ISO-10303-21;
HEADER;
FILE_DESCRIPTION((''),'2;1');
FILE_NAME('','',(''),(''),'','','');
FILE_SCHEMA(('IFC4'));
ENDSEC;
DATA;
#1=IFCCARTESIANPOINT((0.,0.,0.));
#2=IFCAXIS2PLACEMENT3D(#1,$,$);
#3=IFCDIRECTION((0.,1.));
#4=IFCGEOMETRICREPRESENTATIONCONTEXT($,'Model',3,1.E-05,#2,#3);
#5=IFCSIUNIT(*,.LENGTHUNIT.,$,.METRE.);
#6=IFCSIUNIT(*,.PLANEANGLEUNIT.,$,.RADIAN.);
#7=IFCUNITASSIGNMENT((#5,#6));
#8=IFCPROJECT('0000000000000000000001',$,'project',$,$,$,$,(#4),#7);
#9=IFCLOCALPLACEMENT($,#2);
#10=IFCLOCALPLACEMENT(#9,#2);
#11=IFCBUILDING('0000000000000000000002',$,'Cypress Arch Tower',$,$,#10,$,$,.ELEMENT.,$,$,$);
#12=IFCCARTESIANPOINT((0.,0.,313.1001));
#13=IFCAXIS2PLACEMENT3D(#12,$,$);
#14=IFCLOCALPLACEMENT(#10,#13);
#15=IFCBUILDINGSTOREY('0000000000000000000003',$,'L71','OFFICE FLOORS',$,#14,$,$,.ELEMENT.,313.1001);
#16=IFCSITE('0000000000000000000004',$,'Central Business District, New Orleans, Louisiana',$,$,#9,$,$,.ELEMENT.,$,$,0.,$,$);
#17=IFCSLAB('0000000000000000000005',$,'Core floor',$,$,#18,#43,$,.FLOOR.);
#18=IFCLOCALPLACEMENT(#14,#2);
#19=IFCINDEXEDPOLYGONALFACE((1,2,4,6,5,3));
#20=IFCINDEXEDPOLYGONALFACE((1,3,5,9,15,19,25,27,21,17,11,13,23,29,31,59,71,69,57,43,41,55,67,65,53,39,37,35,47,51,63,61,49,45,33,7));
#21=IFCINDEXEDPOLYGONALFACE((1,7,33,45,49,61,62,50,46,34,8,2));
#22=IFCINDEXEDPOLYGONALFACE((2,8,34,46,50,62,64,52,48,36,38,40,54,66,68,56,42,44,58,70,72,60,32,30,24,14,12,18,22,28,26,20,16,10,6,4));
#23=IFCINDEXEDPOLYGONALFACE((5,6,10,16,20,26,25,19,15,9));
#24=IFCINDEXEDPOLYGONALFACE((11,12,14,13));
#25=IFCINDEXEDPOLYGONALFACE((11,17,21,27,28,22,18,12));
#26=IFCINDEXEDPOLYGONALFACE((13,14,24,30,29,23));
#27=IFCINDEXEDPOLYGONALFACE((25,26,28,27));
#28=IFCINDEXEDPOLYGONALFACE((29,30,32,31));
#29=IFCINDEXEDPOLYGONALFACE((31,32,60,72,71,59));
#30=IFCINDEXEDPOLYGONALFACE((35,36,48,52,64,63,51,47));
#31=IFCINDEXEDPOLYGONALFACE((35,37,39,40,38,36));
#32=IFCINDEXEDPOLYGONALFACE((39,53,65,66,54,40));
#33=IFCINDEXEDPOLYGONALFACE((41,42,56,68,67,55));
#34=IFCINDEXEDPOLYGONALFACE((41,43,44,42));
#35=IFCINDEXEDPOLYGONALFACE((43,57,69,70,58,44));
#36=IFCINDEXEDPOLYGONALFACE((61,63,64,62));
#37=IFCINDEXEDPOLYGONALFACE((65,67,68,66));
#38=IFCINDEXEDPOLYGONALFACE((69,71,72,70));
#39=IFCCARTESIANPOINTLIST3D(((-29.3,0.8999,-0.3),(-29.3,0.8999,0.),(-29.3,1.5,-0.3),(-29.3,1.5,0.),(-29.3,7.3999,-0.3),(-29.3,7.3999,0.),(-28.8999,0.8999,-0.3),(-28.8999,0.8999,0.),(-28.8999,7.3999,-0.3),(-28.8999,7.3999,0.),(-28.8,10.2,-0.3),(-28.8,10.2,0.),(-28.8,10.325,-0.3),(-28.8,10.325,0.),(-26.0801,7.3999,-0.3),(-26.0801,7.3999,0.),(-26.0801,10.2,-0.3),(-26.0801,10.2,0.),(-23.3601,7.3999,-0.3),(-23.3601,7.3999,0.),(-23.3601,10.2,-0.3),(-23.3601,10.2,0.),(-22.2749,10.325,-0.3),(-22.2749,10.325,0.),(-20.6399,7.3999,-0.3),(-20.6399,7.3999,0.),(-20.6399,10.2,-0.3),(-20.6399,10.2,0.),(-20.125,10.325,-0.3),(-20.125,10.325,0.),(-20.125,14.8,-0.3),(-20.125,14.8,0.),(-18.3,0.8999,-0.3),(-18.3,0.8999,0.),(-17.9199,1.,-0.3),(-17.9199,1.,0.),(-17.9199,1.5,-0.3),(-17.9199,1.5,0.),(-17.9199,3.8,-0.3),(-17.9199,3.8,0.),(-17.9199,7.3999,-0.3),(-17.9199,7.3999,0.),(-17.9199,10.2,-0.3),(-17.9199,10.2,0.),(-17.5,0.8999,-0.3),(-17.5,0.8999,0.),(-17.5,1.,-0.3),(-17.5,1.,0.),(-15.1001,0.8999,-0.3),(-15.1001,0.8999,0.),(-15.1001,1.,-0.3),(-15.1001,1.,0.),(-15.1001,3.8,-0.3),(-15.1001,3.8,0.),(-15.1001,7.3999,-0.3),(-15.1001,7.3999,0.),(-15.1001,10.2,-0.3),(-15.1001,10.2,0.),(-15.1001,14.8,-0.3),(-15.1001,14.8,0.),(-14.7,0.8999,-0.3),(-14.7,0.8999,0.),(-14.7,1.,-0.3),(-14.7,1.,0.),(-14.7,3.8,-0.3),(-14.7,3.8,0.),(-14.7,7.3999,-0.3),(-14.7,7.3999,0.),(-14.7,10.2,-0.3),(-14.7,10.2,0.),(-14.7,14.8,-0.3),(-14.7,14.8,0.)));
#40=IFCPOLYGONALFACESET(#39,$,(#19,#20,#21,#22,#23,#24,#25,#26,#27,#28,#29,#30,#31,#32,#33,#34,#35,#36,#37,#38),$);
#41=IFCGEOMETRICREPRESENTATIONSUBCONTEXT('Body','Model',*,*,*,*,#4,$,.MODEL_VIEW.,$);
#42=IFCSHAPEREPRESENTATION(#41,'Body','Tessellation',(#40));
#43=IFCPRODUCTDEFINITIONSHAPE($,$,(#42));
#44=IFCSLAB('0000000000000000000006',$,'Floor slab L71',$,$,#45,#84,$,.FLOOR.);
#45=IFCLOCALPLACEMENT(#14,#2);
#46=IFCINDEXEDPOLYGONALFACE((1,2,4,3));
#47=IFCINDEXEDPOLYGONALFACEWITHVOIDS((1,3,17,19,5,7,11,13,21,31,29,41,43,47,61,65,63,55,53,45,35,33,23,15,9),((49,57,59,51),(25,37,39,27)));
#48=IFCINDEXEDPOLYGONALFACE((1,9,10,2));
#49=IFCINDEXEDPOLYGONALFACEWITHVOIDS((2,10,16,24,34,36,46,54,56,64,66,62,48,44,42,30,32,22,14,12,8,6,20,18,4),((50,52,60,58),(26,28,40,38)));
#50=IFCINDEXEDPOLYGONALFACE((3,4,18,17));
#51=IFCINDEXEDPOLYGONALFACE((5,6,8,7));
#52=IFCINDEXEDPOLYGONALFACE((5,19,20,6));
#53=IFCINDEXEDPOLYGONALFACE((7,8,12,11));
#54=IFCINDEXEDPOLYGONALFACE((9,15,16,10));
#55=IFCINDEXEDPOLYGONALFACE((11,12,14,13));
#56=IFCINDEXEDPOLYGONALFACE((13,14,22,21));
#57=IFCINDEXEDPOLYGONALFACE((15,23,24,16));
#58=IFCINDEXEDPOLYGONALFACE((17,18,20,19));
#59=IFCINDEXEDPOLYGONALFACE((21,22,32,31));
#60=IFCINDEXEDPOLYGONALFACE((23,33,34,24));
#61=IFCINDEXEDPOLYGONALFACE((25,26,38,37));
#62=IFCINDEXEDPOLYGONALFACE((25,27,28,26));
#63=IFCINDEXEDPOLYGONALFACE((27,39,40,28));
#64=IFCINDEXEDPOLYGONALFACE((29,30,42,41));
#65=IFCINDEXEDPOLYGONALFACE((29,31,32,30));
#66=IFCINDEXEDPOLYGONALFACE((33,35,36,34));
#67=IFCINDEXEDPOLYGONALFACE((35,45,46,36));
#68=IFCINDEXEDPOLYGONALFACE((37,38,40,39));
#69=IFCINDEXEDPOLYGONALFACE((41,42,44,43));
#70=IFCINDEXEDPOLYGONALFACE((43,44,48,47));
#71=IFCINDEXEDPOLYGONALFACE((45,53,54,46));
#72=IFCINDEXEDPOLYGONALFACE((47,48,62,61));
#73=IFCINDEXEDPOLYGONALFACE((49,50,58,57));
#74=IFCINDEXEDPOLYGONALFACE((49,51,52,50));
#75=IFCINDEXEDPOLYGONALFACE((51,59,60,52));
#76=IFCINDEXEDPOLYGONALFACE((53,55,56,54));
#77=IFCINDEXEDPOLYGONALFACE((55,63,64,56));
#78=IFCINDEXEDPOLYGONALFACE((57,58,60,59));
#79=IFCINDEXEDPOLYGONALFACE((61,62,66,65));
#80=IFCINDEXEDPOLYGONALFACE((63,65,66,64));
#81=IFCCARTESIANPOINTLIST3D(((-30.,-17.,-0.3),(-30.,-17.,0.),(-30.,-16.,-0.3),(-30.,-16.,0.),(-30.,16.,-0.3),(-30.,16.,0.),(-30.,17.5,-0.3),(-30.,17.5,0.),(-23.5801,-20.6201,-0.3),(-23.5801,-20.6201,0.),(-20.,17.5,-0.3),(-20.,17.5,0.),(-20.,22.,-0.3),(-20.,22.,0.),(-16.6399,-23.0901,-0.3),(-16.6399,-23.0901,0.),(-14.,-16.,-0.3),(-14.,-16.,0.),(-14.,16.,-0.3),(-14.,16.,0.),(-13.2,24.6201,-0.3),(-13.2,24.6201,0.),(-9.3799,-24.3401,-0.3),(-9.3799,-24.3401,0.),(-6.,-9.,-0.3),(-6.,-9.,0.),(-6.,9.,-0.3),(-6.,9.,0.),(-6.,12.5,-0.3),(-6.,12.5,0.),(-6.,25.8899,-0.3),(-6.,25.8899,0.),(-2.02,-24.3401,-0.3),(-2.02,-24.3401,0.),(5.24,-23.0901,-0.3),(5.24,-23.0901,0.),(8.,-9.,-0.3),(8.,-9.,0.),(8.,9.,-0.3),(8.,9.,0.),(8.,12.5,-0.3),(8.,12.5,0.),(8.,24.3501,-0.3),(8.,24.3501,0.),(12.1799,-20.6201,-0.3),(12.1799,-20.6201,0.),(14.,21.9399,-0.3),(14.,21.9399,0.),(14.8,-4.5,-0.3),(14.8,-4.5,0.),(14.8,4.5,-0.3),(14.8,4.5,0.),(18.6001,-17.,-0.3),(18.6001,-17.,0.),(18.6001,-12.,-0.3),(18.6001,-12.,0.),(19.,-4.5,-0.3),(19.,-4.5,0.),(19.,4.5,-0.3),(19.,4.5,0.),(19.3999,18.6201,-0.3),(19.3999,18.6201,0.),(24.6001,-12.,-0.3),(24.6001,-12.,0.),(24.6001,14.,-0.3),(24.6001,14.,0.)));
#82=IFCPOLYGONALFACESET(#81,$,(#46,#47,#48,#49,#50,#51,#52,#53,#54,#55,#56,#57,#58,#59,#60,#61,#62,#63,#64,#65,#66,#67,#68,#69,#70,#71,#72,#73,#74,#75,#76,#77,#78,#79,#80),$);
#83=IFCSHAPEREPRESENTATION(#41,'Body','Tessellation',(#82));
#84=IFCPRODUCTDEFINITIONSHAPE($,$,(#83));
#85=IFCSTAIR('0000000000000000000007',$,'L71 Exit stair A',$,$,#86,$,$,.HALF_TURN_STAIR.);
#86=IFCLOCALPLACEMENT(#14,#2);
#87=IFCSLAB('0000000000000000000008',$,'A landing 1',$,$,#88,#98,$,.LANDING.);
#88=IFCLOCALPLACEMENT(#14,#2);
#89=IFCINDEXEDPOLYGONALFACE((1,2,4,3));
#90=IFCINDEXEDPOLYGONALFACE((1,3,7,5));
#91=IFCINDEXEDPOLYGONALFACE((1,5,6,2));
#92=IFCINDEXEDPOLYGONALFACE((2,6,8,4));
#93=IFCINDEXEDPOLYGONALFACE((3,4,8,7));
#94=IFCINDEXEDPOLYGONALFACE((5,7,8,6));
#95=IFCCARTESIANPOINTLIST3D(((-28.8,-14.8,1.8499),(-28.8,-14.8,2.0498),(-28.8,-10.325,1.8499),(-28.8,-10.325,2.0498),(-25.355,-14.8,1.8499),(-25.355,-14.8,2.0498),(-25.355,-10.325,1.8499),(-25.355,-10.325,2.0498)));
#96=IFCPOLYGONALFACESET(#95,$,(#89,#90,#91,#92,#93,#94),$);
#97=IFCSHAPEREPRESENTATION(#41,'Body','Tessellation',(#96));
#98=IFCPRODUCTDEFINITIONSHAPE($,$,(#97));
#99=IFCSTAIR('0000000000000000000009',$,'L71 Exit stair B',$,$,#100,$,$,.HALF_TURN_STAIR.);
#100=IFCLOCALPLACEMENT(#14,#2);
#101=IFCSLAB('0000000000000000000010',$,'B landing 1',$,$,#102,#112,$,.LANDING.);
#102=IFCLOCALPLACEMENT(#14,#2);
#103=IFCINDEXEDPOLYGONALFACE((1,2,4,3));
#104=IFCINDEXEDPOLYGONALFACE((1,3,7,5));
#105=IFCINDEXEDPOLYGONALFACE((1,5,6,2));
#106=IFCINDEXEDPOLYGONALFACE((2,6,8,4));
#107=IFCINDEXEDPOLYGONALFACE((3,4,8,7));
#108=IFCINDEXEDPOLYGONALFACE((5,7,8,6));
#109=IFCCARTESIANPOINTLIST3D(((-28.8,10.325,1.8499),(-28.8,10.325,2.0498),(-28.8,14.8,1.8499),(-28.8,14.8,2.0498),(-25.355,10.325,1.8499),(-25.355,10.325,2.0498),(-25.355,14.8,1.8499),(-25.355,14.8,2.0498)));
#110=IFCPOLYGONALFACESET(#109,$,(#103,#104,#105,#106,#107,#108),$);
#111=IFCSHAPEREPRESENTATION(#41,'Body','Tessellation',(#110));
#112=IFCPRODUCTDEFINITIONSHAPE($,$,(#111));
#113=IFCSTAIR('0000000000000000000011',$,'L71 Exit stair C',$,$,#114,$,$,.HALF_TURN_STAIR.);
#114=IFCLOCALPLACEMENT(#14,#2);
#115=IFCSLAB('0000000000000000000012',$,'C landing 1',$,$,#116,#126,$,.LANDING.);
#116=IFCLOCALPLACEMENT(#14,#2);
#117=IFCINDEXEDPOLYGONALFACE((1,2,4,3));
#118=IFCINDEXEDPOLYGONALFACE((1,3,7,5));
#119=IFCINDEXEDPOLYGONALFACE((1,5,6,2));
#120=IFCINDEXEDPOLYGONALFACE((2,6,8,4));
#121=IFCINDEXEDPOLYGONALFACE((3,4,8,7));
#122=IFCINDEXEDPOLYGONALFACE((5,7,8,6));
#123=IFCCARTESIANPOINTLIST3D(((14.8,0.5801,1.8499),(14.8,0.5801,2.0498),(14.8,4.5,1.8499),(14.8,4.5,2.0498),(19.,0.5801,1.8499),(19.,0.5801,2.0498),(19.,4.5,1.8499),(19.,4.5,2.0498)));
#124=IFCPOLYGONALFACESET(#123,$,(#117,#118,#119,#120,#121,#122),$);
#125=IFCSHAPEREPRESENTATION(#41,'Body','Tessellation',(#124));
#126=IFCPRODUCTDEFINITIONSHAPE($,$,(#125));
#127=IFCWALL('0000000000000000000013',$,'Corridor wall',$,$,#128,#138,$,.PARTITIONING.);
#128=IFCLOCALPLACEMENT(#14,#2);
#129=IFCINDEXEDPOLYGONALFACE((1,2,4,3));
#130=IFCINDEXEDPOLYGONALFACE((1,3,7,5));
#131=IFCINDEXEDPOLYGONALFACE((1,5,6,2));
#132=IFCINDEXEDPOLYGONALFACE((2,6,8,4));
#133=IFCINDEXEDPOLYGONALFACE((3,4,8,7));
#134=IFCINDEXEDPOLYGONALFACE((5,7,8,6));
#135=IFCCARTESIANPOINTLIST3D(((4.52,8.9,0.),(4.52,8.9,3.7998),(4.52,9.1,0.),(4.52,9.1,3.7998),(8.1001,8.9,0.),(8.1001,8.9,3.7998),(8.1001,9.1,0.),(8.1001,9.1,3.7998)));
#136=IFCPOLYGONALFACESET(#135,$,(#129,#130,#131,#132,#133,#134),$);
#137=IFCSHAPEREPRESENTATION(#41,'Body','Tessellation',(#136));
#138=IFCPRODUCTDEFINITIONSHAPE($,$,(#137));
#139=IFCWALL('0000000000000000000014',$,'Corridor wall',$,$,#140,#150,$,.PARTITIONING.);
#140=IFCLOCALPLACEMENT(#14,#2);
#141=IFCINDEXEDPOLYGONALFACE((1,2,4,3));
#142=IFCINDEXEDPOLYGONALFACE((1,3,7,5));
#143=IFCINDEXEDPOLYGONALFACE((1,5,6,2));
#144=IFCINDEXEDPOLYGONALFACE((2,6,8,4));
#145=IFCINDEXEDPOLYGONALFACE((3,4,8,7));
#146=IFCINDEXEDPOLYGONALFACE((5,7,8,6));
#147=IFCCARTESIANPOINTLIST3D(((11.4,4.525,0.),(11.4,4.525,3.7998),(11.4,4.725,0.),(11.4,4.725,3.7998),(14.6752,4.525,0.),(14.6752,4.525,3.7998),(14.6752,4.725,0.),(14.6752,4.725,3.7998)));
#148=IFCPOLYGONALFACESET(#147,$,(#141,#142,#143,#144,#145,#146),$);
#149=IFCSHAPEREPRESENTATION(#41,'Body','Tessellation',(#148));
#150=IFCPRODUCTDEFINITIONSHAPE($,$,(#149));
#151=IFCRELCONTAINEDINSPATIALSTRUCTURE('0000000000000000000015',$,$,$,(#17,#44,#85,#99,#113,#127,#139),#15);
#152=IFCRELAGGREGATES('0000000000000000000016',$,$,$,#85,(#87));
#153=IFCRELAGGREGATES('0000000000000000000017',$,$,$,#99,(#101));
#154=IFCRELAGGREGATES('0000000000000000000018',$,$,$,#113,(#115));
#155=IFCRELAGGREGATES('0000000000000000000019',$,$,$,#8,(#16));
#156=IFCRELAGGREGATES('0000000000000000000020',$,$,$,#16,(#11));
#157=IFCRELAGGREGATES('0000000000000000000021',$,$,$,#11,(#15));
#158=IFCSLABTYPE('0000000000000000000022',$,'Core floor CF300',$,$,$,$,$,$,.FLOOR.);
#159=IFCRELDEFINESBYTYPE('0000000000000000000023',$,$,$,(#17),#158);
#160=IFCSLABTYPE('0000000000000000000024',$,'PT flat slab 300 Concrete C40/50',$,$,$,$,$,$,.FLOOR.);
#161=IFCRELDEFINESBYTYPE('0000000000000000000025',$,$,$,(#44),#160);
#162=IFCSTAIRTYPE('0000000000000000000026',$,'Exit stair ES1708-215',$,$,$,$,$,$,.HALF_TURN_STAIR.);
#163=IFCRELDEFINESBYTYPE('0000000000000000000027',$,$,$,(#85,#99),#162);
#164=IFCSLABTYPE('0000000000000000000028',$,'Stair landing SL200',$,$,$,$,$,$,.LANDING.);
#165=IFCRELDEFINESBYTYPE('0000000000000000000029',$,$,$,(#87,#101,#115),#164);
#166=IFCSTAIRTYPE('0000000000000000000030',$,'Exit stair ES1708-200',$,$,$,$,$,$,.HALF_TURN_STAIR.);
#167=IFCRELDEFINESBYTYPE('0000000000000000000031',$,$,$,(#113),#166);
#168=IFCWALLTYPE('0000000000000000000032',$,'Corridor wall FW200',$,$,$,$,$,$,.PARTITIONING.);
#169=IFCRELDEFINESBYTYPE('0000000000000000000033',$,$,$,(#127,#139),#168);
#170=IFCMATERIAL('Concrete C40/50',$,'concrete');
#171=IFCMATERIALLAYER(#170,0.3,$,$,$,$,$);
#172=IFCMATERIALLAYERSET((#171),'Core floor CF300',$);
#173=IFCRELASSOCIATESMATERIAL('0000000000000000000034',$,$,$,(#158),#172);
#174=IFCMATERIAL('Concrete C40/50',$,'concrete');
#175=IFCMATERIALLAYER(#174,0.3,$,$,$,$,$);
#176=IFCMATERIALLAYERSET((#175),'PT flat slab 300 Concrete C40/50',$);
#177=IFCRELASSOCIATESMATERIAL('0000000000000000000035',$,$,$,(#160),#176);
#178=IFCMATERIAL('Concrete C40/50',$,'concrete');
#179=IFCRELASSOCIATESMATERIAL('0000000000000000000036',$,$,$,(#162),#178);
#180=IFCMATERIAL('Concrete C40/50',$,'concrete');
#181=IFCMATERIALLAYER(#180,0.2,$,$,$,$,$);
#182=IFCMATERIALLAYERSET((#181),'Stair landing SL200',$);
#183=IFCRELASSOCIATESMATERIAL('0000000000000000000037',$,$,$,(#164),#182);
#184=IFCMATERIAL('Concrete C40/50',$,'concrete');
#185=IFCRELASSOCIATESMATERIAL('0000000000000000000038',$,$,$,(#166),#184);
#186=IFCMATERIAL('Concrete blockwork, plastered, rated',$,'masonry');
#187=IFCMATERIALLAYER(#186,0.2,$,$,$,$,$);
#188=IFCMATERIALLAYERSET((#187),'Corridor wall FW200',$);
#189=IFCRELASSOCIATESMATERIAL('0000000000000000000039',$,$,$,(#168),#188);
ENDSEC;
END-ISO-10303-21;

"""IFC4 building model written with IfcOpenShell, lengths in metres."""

from ifc_helpers import new_model, si_unit, direction, frame, frame_2d, origin, place, context, subcontext, project, spatial, polyline, rectangle, outline, extrude, material, layer, layer_set, type_object, element, aggregate, save


model = new_model("IFC4")

# Units and contexts
model_context = context("Model", 3, precision=1e-05, world=origin(), true_north=direction((0.0, 1.0)))
body_context = subcontext(model_context, "Body", "Model", "MODEL_VIEW")
ifc_project = project(units=[si_unit("LENGTHUNIT", "METRE"), si_unit("PLANEANGLEUNIT", "RADIAN")], contexts=[model_context])

# Site, building, storey
site_placement = place(None, origin())
site = spatial("IfcSite", under=ifc_project, at=site_placement, Name="Central Business District, New Orleans, Louisiana", CompositionType="ELEMENT", RefElevation=0.0)
building_placement = place(site_placement, origin())
building = spatial("IfcBuilding", under=site, at=building_placement, Name="Cypress Arch Tower", CompositionType="ELEMENT")
storey_placement = place(building_placement, frame((0.0, 0.0, 313.1001)))
storey = spatial("IfcBuildingStorey", under=building, at=storey_placement, Name="L71", Description="OFFICE FLOORS", CompositionType="ELEMENT", Elevation=313.1001)

# Slabs
ifc_material_1 = material(Name="Concrete C40/50", Category="concrete")
ifc_layer_1 = layer(ifc_material_1, 0.3)
ifc_layer_set_1 = layer_set([ifc_layer_1], Name="Core floor CF300")
slab_type_1 = type_object("IfcSlabType", Name="Core floor CF300", PredefinedType="FLOOR", material=ifc_layer_set_1)
slab_1_placement = place(storey_placement, frame((0.0, 0.0, -0.3)))
element("IfcSlab", 1, at=slab_1_placement, inside=storey, type_object=slab_type_1, Name="Core floor", PredefinedType="FLOOR", context=body_context, shape_type="SweptSolid", body=[
    extrude(outline(polyline([(-20.6399, 10.2), (-23.3601, 10.2), (-26.0801, 10.2), (-28.8, 10.2), (-28.8, 10.325), (-22.2749, 10.325), (-20.125, 10.325), (-20.125, 14.8), (-15.1001, 14.8), (-14.7, 14.8), (-14.7, 10.2), (-15.1001, 10.2), (-17.9199, 10.2), (-17.9199, 7.3999), (-15.1001, 7.3999), (-14.7, 7.3999), (-14.7, 3.8), (-15.1001, 3.8), (-17.9199, 3.8), (-17.9199, 1.5), (-17.9199, 1.0), (-17.5, 1.0), (-15.1001, 1.0), (-14.7, 1.0), (-14.7, 0.8999), (-15.1001, 0.8999), (-17.5, 0.8999), (-18.3, 0.8999), (-28.8999, 0.8999), (-29.3, 0.8999), (-29.3, 1.5), (-29.3, 7.3999), (-28.8999, 7.3999), (-26.0801, 7.3999), (-23.3601, 7.3999), (-20.6399, 7.3999), (-20.6399, 10.2)])), origin(), (0.0, 0.0, 1.0), 0.3),
])
ifc_material_2 = material(Name="Concrete C40/50", Category="concrete")
ifc_layer_2 = layer(ifc_material_2, 0.3)
ifc_layer_set_2 = layer_set([ifc_layer_2], Name="PT flat slab 300 Concrete C40/50")
slab_type_2 = type_object("IfcSlabType", Name="PT flat slab 300 Concrete C40/50", PredefinedType="FLOOR", material=ifc_layer_set_2)
slab_2_placement = place(storey_placement, frame((0.0, 0.0, -0.3)))
element("IfcSlab", 2, at=slab_2_placement, inside=storey, type_object=slab_type_2, Name="Floor slab L71", PredefinedType="FLOOR", context=body_context, shape_type="SweptSolid", body=[
    extrude(outline(polyline([(-30.0, 17.5), (-20.0, 17.5), (-20.0, 22.0), (-13.2, 24.6201), (-6.0, 25.8899), (-6.0, 12.5), (8.0, 12.5), (8.0, 24.3501), (14.0, 21.9399), (19.3999, 18.6201), (24.6001, 14.0), (24.6001, -12.0), (18.6001, -12.0), (18.6001, -17.0), (12.1799, -20.6201), (5.24, -23.0901), (-2.02, -24.3401), (-9.3799, -24.3401), (-16.6399, -23.0901), (-23.5801, -20.6201), (-30.0, -17.0), (-30.0, -16.0), (-14.0, -16.0), (-14.0, 16.0), (-30.0, 16.0), (-30.0, 17.5)]), holes=[polyline([(-6.0, -9.0), (8.0, -9.0), (8.0, 9.0), (-6.0, 9.0), (-6.0, -9.0)]), polyline([(14.8, -4.5), (19.0, -4.5), (19.0, 4.5), (14.8, 4.5), (14.8, -4.5)])]), origin(), (0.0, 0.0, 1.0), 0.3),
])

# Stairs, slabs
ifc_material_3 = material(Name="Concrete C40/50", Category="concrete")
stair_type_1 = type_object("IfcStairType", Name="Exit stair ES1708-215", PredefinedType="HALF_TURN_STAIR", material=ifc_material_3)
stair_1_placement = place(storey_placement, origin())
stair_1 = element("IfcStair", 3, at=stair_1_placement, inside=storey, type_object=stair_type_1, Name="L71 Exit stair A", PredefinedType="HALF_TURN_STAIR")
ifc_material_4 = material(Name="Concrete C40/50", Category="concrete")
ifc_layer_3 = layer(ifc_material_4, 0.2)
ifc_layer_set_3 = layer_set([ifc_layer_3], Name="Stair landing SL200")
slab_type_3 = type_object("IfcSlabType", Name="Stair landing SL200", PredefinedType="LANDING", material=ifc_layer_set_3)
slab_3_placement = place(storey_placement, frame((0.0, 0.0, 1.8499)))
slab_3 = element("IfcSlab", 4, at=slab_3_placement, type_object=slab_type_3, Name="A landing 1", PredefinedType="LANDING", context=body_context, shape_type="SweptSolid", body=[
    extrude(outline(polyline([(-25.355, -10.325), (-28.8, -10.325), (-28.8, -14.8), (-25.355, -14.8), (-25.355, -10.325)])), origin(), (0.0, 0.0, 1.0), 0.2),
])
aggregate(stair_1, [slab_3])
stair_2_placement = place(storey_placement, origin())
stair_2 = element("IfcStair", 5, at=stair_2_placement, inside=storey, type_object=stair_type_1, Name="L71 Exit stair B", PredefinedType="HALF_TURN_STAIR")
slab_4_placement = place(storey_placement, frame((0.0, 0.0, 1.8499)))
slab_4 = element("IfcSlab", 6, at=slab_4_placement, type_object=slab_type_3, Name="B landing 1", PredefinedType="LANDING", context=body_context, shape_type="SweptSolid", body=[
    extrude(outline(polyline([(-25.355, 14.8), (-28.8, 14.8), (-28.8, 10.325), (-25.355, 10.325), (-25.355, 14.8)])), origin(), (0.0, 0.0, 1.0), 0.2),
])
aggregate(stair_2, [slab_4])
ifc_material_5 = material(Name="Concrete C40/50", Category="concrete")
stair_type_2 = type_object("IfcStairType", Name="Exit stair ES1708-200", PredefinedType="HALF_TURN_STAIR", material=ifc_material_5)
stair_3_placement = place(storey_placement, origin())
stair_3 = element("IfcStair", 7, at=stair_3_placement, inside=storey, type_object=stair_type_2, Name="L71 Exit stair C", PredefinedType="HALF_TURN_STAIR")
slab_5_placement = place(storey_placement, frame((0.0, 0.0, 1.8499)))
slab_5 = element("IfcSlab", 8, at=slab_5_placement, type_object=slab_type_3, Name="C landing 1", PredefinedType="LANDING", context=body_context, shape_type="SweptSolid", body=[
    extrude(outline(polyline([(19.0, 0.5801), (19.0, 4.5), (14.8, 4.5), (14.8, 0.5801), (19.0, 0.5801)])), origin(), (0.0, 0.0, 1.0), 0.2),
])
aggregate(stair_3, [slab_5])

# Walls
ifc_material_6 = material(Name="Concrete blockwork, plastered, rated", Category="masonry")
ifc_layer_4 = layer(ifc_material_6, 0.2)
ifc_layer_set_4 = layer_set([ifc_layer_4], Name="Corridor wall FW200")
wall_type = type_object("IfcWallType", Name="Corridor wall FW200", PredefinedType="PARTITIONING", material=ifc_layer_set_4)
wall_1_placement = place(storey_placement, frame((4.52, 9.0, 0.0), z_axis=(0.0, 0.0, 1.0), x_axis=(1.0, 0.0, 0.0)))
element("IfcWall", 9, at=wall_1_placement, inside=storey, type_object=wall_type, Name="Corridor wall", PredefinedType="PARTITIONING", context=body_context, shape_type="SweptSolid", body=[
    extrude(rectangle(XDim=3.5801, YDim=0.2, at=frame_2d((1.79, 0.0))), origin(), (0.0, 0.0, 1.0), 3.7998),
])
wall_2_placement = place(storey_placement, frame((11.3999, 4.625, 0.0), z_axis=(0.0, 0.0, 1.0), x_axis=(1.0, 0.0, 0.0)))
element("IfcWall", 10, at=wall_2_placement, inside=storey, type_object=wall_type, Name="Corridor wall", PredefinedType="PARTITIONING", context=body_context, shape_type="SweptSolid", body=[
    extrude(rectangle(XDim=3.2751, YDim=0.2, at=frame_2d((1.6377, 0.0))), origin(), (0.0, 0.0, 1.0), 3.7998),
])

save(model, "model.ifc")
